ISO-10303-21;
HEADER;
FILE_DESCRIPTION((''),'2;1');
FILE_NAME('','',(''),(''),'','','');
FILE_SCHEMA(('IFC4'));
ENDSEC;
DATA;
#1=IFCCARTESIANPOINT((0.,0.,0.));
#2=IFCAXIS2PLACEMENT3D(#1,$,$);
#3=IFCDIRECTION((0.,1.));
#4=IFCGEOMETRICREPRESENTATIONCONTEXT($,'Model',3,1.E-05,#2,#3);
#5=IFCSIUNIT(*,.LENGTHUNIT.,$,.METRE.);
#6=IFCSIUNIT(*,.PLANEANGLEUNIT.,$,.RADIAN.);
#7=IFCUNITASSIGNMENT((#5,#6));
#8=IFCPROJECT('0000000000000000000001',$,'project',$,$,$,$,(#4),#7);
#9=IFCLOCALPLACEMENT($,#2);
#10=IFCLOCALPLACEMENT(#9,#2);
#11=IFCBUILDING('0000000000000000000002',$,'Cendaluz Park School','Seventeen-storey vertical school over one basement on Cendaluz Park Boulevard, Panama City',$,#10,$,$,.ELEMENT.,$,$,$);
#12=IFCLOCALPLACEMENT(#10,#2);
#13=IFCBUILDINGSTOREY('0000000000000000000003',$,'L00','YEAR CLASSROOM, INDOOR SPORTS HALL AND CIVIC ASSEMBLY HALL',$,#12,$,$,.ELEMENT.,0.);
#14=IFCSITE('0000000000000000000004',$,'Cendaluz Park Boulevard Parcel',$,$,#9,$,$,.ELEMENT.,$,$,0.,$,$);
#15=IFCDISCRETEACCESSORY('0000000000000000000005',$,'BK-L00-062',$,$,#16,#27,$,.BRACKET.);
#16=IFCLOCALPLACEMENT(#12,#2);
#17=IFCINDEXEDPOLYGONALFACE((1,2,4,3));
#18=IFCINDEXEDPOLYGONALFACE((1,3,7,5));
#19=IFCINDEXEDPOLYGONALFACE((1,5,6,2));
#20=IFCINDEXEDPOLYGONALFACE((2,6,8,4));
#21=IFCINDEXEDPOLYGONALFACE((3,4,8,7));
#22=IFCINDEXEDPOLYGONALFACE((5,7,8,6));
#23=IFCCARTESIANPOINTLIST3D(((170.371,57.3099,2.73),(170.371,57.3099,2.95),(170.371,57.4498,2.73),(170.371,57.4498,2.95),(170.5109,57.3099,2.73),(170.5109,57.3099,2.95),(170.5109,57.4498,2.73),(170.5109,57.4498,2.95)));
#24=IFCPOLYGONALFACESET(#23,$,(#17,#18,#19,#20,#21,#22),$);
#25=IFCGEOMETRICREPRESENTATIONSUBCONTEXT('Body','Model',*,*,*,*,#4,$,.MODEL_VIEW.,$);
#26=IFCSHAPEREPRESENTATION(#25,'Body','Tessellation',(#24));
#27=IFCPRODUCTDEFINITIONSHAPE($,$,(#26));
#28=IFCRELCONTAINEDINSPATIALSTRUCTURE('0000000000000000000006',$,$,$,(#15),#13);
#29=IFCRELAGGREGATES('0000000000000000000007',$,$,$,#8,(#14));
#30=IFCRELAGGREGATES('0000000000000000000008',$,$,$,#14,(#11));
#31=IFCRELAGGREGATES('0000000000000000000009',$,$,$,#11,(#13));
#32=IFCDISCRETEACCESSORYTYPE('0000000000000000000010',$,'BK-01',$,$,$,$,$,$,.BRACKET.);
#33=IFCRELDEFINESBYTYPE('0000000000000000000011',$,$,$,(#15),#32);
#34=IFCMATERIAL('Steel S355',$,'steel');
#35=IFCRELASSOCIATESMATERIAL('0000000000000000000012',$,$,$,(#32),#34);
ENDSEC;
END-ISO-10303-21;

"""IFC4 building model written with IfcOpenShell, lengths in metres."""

from ifc_helpers import new_model, si_unit, direction, frame, origin, origin_2d, place, context, subcontext, project, spatial, rectangle, extrude, material, type_object, element, save


model = new_model("IFC4")

# Units and contexts
model_context = context("Model", 3, precision=1e-05, world=origin(), true_north=direction((0.0, 1.0)))
body_context = subcontext(model_context, "Body", "Model", "MODEL_VIEW")
ifc_project = project(units=[si_unit("LENGTHUNIT", "METRE"), si_unit("PLANEANGLEUNIT", "RADIAN")], contexts=[model_context])

# Site, building, storey
site_placement = place(None, origin())
site = spatial("IfcSite", under=ifc_project, at=site_placement, Name="Cendaluz Park Boulevard Parcel", CompositionType="ELEMENT", RefElevation=0.0)
building_placement = place(site_placement, origin())
building = spatial("IfcBuilding", under=site, at=building_placement, Name="Cendaluz Park School", Description="Seventeen-storey vertical school over one basement on Cendaluz Park Boulevard, Panama City", CompositionType="ELEMENT")
storey_placement = place(building_placement, origin())
storey = spatial("IfcBuildingStorey", under=building, at=storey_placement, Name="L00", Description="YEAR CLASSROOM, INDOOR SPORTS HALL AND CIVIC ASSEMBLY HALL", CompositionType="ELEMENT", Elevation=0.0)

# Discrete accessory
ifc_material_1 = material(Name="Steel S355", Category="steel")
discrete_accessory_type = type_object("IfcDiscreteAccessoryType", Name="BK-01", PredefinedType="BRACKET", material=ifc_material_1)
for number, where, z_axis, x_axis, name in (
    (1, (170.4409, 57.3799, 2.73), (0.0, 0.0, 1.0), (1.0, 0.0, 0.0), "BK-L00-062"),
):
    element("IfcDiscreteAccessory", number, at=place(storey_placement, frame(where, z_axis=z_axis, x_axis=x_axis)), inside=storey, type_object=discrete_accessory_type, Name=name, PredefinedType="BRACKET", context=body_context, shape_type="SweptSolid", body=[
        extrude(rectangle(XDim=0.1399, YDim=0.1399, at=origin_2d()), origin(), (0.0, 0.0, 1.0), 0.22),
    ])

save(model, "model.ifc")
